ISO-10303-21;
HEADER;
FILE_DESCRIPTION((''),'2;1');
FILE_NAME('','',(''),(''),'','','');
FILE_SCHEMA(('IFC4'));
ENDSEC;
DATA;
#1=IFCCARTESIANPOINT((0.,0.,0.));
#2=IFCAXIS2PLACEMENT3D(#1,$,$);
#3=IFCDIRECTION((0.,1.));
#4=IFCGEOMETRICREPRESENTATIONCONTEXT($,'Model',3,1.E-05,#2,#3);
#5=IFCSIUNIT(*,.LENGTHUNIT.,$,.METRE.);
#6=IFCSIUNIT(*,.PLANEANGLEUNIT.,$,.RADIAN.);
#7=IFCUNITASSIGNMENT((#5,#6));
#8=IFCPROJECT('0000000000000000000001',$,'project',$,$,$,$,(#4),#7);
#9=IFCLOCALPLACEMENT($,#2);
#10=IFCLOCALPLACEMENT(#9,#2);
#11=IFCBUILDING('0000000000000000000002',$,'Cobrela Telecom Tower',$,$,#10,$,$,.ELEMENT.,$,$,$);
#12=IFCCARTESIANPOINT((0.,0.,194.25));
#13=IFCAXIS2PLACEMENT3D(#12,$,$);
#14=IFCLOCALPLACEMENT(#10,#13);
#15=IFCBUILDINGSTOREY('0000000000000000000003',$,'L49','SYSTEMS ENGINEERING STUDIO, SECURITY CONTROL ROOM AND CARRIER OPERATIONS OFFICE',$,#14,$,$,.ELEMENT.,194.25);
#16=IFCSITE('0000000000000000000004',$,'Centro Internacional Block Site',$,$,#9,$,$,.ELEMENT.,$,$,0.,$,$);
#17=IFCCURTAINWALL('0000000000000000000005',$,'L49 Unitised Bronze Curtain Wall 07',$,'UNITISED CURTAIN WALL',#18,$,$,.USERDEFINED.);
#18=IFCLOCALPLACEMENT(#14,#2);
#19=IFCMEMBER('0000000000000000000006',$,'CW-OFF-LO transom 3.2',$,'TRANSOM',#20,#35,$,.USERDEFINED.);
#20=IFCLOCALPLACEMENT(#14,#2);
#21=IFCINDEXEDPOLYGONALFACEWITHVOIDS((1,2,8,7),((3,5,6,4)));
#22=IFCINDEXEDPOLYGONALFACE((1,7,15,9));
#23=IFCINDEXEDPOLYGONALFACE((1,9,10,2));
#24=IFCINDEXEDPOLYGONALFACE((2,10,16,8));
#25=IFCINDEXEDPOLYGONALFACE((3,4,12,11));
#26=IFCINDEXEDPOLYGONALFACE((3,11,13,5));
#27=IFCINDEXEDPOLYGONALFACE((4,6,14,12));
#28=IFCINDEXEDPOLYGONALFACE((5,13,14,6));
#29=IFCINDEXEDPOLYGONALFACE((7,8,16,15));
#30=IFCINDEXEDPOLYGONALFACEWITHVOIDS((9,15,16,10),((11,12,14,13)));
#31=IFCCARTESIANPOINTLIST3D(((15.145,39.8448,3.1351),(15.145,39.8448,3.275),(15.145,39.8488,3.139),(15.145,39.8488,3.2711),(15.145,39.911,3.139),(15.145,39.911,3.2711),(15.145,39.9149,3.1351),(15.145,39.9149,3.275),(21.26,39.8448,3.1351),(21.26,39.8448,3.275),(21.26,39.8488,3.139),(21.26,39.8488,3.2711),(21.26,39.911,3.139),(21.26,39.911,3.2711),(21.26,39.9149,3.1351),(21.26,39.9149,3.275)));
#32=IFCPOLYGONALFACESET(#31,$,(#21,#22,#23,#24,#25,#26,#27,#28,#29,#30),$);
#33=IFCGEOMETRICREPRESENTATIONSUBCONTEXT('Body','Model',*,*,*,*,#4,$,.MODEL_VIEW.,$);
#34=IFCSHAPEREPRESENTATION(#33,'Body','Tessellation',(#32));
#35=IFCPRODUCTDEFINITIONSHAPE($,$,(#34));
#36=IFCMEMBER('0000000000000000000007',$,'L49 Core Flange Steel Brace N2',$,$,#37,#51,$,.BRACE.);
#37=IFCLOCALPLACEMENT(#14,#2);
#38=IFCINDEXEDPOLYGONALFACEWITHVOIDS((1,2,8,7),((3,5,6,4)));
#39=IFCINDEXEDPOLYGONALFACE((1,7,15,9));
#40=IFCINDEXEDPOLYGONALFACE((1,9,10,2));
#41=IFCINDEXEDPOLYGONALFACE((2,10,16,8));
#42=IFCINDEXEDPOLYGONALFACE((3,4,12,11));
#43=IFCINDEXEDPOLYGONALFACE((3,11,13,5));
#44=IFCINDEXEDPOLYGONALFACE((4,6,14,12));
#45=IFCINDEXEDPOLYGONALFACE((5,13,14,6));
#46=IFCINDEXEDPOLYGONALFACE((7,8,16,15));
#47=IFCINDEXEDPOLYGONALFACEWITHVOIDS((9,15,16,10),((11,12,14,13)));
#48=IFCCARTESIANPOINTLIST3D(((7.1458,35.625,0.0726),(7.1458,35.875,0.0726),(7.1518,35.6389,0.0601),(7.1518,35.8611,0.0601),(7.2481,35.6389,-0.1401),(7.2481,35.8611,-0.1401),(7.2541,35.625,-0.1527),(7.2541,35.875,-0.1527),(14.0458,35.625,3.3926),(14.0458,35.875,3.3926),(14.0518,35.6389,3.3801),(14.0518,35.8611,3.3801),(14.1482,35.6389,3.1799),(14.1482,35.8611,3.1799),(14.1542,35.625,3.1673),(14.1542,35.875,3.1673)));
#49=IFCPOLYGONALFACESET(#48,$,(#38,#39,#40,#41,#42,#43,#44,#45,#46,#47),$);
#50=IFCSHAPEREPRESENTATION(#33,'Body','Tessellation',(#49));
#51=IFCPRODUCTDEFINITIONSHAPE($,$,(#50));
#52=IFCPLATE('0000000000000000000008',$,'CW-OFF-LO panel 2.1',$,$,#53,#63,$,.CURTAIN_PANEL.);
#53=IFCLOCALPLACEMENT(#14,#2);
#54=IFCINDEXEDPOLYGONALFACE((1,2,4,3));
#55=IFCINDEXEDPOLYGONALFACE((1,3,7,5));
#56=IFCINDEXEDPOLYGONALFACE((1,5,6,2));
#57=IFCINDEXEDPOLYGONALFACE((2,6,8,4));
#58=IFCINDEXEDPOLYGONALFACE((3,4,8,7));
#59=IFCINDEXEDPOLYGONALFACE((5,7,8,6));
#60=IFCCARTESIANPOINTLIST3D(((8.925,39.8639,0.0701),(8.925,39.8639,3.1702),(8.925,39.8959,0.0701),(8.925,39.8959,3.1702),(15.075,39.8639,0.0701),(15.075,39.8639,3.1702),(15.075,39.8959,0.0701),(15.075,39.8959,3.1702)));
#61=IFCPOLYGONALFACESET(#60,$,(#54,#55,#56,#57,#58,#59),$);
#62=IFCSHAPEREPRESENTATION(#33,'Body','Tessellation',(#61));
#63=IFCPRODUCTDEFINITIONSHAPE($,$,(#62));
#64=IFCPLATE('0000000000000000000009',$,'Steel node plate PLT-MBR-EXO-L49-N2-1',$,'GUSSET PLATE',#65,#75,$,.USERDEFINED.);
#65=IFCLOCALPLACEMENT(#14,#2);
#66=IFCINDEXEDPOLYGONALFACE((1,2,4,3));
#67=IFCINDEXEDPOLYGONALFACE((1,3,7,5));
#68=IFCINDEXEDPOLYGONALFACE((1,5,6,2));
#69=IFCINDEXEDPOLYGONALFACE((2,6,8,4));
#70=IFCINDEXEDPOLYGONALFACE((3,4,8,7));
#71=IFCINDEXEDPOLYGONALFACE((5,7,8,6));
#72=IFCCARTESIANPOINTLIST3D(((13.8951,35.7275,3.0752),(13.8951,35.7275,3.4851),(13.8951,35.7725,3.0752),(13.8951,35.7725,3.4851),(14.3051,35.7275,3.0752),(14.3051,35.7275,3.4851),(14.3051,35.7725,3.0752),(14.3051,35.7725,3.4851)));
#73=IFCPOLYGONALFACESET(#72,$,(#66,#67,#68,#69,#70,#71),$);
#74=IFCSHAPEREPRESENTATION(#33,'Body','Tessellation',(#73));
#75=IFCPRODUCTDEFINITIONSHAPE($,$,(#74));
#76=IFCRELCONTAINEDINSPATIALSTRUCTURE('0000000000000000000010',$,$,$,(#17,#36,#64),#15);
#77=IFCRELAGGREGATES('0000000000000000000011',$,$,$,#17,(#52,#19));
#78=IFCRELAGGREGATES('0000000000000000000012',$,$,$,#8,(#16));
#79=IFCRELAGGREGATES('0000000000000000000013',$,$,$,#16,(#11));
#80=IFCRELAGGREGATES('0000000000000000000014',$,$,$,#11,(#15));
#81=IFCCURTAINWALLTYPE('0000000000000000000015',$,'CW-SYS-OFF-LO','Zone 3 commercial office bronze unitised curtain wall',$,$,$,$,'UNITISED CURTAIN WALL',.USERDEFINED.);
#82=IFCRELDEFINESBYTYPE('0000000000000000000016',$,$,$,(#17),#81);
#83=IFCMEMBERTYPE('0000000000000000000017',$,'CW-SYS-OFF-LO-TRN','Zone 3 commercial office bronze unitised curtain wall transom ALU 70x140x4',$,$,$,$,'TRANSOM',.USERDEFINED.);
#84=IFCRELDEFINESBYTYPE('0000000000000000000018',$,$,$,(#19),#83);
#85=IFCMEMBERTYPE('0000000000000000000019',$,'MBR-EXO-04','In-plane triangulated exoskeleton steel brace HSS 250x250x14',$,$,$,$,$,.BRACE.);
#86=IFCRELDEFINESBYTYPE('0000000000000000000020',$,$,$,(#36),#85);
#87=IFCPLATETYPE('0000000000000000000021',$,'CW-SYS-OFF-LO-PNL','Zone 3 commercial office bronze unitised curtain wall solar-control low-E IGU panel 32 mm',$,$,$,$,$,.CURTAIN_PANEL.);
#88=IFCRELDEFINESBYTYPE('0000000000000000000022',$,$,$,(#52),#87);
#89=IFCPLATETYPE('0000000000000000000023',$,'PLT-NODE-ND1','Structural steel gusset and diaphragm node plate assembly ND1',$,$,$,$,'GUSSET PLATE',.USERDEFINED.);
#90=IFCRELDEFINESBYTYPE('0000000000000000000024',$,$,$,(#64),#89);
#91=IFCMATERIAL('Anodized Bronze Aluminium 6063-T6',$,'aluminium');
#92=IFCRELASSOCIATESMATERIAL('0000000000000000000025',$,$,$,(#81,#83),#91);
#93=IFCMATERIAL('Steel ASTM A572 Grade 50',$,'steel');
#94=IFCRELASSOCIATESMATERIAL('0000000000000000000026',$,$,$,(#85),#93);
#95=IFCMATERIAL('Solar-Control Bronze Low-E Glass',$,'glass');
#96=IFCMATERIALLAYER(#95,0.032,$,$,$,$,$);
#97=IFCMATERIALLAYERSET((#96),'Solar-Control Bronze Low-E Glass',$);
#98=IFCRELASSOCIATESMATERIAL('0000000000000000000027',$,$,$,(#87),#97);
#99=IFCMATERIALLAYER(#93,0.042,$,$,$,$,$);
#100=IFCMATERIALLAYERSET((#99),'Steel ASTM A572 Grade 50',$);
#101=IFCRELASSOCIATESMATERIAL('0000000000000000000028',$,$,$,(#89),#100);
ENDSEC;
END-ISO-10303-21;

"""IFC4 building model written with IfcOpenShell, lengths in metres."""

from ifc_helpers import new_model, si_unit, direction, frame, origin, origin_2d, place, context, subcontext, project, spatial, rectangle, hollow_rectangle, extrude, material, layer, layer_set, material_profile, profile_set, type_object, element, aggregate, save


model = new_model("IFC4")

# Units and contexts
model_context = context("Model", 3, precision=1e-05, world=origin(), true_north=direction((0.0, 1.0)))
body_context = subcontext(model_context, "Body", "Model", "MODEL_VIEW")
ifc_project = project(units=[si_unit("LENGTHUNIT", "METRE"), si_unit("PLANEANGLEUNIT", "RADIAN")], contexts=[model_context])

# Site, building, storey
site_placement = place(None, origin())
site = spatial("IfcSite", under=ifc_project, at=site_placement, Name="Centro Internacional Block Site", CompositionType="ELEMENT", RefElevation=0.0)
building_placement = place(site_placement, origin())
building = spatial("IfcBuilding", under=site, at=building_placement, Name="Cobrela Telecom Tower", CompositionType="ELEMENT")
storey_placement = place(building_placement, frame((0.0, 0.0, 194.25)))
storey = spatial("IfcBuildingStorey", under=building, at=storey_placement, Name="L49", Description="SYSTEMS ENGINEERING STUDIO, SECURITY CONTROL ROOM AND CARRIER OPERATIONS OFFICE", CompositionType="ELEMENT", Elevation=194.25)

# Shared definitions
ifc_material_1 = material(Name="Steel ASTM A572 Grade 50", Category="steel")

# Curtain wall, member
ifc_material_2 = material(Name="Anodized Bronze Aluminium 6063-T6", Category="aluminium")
curtain_wall_type = type_object("IfcCurtainWallType", Name="CW-SYS-OFF-LO", Description="Zone 3 commercial office bronze unitised curtain wall", ElementType="UNITISED CURTAIN WALL", PredefinedType="USERDEFINED", material=ifc_material_2)
curtain_wall_placement = place(storey_placement, origin())
curtain_wall = element("IfcCurtainWall", 1, at=curtain_wall_placement, inside=storey, type_object=curtain_wall_type, Name="L49 Unitised Bronze Curtain Wall 07", ObjectType="UNITISED CURTAIN WALL", PredefinedType="USERDEFINED")
ifc_material_profile_1 = material_profile(ifc_material_2, hollow_rectangle(XDim=0.0701, YDim=0.1399, WallThickness=0.0039, at=origin_2d()), Name="ALU 70x140x4")
ifc_profile_set_1 = profile_set([ifc_material_profile_1], Name="Anodized Bronze Aluminium 6063-T6")
member_type_1 = type_object("IfcMemberType", Name="CW-SYS-OFF-LO-TRN", Description="Zone 3 commercial office bronze unitised curtain wall transom ALU 70x140x4", ElementType="TRANSOM", PredefinedType="USERDEFINED", material=ifc_profile_set_1)
member_1_placement = place(storey_placement, frame((15.145, 39.8799, 3.2051), z_axis=(1.0, 0.0, 0.0), x_axis=(0.0, 1.0, 0.0)))
member_1 = element("IfcMember", 2, at=member_1_placement, type_object=member_type_1, Name="CW-OFF-LO transom 3.2", ObjectType="TRANSOM", PredefinedType="USERDEFINED", context=body_context, shape_type="SweptSolid", body=[
    extrude(hollow_rectangle(XDim=0.0701, YDim=0.1399, WallThickness=0.0039, at=origin_2d()), origin(), (0.0, 0.0, 1.0), 6.115),
])

# Member
ifc_material_profile_2 = material_profile(ifc_material_1, hollow_rectangle(XDim=0.25, YDim=0.25, WallThickness=0.0139, at=origin_2d()), Name="HSS 250x250x14")
ifc_profile_set_2 = profile_set([ifc_material_profile_2], Name="Steel ASTM A572 Grade 50")
member_type_2 = type_object("IfcMemberType", Name="MBR-EXO-04", Description="In-plane triangulated exoskeleton steel brace HSS 250x250x14", PredefinedType="BRACE", material=ifc_profile_set_2)
member_2_placement = place(storey_placement, frame((7.2, 35.75, -0.04), z_axis=(0.901115, 0.0, 0.43358), x_axis=(0.0, 1.0, 0.0)))
element("IfcMember", 3, at=member_2_placement, inside=storey, type_object=member_type_2, Name="L49 Core Flange Steel Brace N2", PredefinedType="BRACE", context=body_context, shape_type="SweptSolid", body=[
    extrude(hollow_rectangle(XDim=0.25, YDim=0.25, WallThickness=0.0139, at=origin_2d()), origin(), (0.0, 0.0, 1.0), 7.6572),
])

# Plates
ifc_material_3 = material(Name="Solar-Control Bronze Low-E Glass", Category="glass")
ifc_layer_1 = layer(ifc_material_3, 0.032)
ifc_layer_set_1 = layer_set([ifc_layer_1], Name="Solar-Control Bronze Low-E Glass")
plate_type_1 = type_object("IfcPlateType", Name="CW-SYS-OFF-LO-PNL", Description="Zone 3 commercial office bronze unitised curtain wall solar-control low-E IGU panel 32 mm", PredefinedType="CURTAIN_PANEL", material=ifc_layer_set_1)
plate_1_placement = place(storey_placement, frame((12.0, 39.8799, 0.0701), z_axis=(0.0, 0.0, 1.0), x_axis=(1.0, 0.0, 0.0)))
plate_1 = element("IfcPlate", 4, at=plate_1_placement, type_object=plate_type_1, Name="CW-OFF-LO panel 2.1", PredefinedType="CURTAIN_PANEL", context=body_context, shape_type="SweptSolid", body=[
    extrude(rectangle(XDim=6.1499, YDim=0.032, at=origin_2d()), origin(), (0.0, 0.0, 1.0), 3.1001),
])
aggregate(curtain_wall, [plate_1, member_1])
ifc_layer_2 = layer(ifc_material_1, 0.042)
ifc_layer_set_2 = layer_set([ifc_layer_2], Name="Steel ASTM A572 Grade 50")
plate_type_2 = type_object("IfcPlateType", Name="PLT-NODE-ND1", Description="Structural steel gusset and diaphragm node plate assembly ND1", ElementType="GUSSET PLATE", PredefinedType="USERDEFINED", material=ifc_layer_set_2)
plate_2_placement = place(storey_placement, frame((14.1001, 35.75, 3.0752), z_axis=(0.0, 0.0, 1.0), x_axis=(1.0, 0.0, 0.0)))
element("IfcPlate", 5, at=plate_2_placement, inside=storey, type_object=plate_type_2, Name="Steel node plate PLT-MBR-EXO-L49-N2-1", ObjectType="GUSSET PLATE", PredefinedType="USERDEFINED", context=body_context, shape_type="SweptSolid", body=[
    extrude(rectangle(XDim=0.4099, YDim=0.0449, at=origin_2d()), origin(), (0.0, 0.0, 1.0), 0.4099),
])

save(model, "model.ifc")
